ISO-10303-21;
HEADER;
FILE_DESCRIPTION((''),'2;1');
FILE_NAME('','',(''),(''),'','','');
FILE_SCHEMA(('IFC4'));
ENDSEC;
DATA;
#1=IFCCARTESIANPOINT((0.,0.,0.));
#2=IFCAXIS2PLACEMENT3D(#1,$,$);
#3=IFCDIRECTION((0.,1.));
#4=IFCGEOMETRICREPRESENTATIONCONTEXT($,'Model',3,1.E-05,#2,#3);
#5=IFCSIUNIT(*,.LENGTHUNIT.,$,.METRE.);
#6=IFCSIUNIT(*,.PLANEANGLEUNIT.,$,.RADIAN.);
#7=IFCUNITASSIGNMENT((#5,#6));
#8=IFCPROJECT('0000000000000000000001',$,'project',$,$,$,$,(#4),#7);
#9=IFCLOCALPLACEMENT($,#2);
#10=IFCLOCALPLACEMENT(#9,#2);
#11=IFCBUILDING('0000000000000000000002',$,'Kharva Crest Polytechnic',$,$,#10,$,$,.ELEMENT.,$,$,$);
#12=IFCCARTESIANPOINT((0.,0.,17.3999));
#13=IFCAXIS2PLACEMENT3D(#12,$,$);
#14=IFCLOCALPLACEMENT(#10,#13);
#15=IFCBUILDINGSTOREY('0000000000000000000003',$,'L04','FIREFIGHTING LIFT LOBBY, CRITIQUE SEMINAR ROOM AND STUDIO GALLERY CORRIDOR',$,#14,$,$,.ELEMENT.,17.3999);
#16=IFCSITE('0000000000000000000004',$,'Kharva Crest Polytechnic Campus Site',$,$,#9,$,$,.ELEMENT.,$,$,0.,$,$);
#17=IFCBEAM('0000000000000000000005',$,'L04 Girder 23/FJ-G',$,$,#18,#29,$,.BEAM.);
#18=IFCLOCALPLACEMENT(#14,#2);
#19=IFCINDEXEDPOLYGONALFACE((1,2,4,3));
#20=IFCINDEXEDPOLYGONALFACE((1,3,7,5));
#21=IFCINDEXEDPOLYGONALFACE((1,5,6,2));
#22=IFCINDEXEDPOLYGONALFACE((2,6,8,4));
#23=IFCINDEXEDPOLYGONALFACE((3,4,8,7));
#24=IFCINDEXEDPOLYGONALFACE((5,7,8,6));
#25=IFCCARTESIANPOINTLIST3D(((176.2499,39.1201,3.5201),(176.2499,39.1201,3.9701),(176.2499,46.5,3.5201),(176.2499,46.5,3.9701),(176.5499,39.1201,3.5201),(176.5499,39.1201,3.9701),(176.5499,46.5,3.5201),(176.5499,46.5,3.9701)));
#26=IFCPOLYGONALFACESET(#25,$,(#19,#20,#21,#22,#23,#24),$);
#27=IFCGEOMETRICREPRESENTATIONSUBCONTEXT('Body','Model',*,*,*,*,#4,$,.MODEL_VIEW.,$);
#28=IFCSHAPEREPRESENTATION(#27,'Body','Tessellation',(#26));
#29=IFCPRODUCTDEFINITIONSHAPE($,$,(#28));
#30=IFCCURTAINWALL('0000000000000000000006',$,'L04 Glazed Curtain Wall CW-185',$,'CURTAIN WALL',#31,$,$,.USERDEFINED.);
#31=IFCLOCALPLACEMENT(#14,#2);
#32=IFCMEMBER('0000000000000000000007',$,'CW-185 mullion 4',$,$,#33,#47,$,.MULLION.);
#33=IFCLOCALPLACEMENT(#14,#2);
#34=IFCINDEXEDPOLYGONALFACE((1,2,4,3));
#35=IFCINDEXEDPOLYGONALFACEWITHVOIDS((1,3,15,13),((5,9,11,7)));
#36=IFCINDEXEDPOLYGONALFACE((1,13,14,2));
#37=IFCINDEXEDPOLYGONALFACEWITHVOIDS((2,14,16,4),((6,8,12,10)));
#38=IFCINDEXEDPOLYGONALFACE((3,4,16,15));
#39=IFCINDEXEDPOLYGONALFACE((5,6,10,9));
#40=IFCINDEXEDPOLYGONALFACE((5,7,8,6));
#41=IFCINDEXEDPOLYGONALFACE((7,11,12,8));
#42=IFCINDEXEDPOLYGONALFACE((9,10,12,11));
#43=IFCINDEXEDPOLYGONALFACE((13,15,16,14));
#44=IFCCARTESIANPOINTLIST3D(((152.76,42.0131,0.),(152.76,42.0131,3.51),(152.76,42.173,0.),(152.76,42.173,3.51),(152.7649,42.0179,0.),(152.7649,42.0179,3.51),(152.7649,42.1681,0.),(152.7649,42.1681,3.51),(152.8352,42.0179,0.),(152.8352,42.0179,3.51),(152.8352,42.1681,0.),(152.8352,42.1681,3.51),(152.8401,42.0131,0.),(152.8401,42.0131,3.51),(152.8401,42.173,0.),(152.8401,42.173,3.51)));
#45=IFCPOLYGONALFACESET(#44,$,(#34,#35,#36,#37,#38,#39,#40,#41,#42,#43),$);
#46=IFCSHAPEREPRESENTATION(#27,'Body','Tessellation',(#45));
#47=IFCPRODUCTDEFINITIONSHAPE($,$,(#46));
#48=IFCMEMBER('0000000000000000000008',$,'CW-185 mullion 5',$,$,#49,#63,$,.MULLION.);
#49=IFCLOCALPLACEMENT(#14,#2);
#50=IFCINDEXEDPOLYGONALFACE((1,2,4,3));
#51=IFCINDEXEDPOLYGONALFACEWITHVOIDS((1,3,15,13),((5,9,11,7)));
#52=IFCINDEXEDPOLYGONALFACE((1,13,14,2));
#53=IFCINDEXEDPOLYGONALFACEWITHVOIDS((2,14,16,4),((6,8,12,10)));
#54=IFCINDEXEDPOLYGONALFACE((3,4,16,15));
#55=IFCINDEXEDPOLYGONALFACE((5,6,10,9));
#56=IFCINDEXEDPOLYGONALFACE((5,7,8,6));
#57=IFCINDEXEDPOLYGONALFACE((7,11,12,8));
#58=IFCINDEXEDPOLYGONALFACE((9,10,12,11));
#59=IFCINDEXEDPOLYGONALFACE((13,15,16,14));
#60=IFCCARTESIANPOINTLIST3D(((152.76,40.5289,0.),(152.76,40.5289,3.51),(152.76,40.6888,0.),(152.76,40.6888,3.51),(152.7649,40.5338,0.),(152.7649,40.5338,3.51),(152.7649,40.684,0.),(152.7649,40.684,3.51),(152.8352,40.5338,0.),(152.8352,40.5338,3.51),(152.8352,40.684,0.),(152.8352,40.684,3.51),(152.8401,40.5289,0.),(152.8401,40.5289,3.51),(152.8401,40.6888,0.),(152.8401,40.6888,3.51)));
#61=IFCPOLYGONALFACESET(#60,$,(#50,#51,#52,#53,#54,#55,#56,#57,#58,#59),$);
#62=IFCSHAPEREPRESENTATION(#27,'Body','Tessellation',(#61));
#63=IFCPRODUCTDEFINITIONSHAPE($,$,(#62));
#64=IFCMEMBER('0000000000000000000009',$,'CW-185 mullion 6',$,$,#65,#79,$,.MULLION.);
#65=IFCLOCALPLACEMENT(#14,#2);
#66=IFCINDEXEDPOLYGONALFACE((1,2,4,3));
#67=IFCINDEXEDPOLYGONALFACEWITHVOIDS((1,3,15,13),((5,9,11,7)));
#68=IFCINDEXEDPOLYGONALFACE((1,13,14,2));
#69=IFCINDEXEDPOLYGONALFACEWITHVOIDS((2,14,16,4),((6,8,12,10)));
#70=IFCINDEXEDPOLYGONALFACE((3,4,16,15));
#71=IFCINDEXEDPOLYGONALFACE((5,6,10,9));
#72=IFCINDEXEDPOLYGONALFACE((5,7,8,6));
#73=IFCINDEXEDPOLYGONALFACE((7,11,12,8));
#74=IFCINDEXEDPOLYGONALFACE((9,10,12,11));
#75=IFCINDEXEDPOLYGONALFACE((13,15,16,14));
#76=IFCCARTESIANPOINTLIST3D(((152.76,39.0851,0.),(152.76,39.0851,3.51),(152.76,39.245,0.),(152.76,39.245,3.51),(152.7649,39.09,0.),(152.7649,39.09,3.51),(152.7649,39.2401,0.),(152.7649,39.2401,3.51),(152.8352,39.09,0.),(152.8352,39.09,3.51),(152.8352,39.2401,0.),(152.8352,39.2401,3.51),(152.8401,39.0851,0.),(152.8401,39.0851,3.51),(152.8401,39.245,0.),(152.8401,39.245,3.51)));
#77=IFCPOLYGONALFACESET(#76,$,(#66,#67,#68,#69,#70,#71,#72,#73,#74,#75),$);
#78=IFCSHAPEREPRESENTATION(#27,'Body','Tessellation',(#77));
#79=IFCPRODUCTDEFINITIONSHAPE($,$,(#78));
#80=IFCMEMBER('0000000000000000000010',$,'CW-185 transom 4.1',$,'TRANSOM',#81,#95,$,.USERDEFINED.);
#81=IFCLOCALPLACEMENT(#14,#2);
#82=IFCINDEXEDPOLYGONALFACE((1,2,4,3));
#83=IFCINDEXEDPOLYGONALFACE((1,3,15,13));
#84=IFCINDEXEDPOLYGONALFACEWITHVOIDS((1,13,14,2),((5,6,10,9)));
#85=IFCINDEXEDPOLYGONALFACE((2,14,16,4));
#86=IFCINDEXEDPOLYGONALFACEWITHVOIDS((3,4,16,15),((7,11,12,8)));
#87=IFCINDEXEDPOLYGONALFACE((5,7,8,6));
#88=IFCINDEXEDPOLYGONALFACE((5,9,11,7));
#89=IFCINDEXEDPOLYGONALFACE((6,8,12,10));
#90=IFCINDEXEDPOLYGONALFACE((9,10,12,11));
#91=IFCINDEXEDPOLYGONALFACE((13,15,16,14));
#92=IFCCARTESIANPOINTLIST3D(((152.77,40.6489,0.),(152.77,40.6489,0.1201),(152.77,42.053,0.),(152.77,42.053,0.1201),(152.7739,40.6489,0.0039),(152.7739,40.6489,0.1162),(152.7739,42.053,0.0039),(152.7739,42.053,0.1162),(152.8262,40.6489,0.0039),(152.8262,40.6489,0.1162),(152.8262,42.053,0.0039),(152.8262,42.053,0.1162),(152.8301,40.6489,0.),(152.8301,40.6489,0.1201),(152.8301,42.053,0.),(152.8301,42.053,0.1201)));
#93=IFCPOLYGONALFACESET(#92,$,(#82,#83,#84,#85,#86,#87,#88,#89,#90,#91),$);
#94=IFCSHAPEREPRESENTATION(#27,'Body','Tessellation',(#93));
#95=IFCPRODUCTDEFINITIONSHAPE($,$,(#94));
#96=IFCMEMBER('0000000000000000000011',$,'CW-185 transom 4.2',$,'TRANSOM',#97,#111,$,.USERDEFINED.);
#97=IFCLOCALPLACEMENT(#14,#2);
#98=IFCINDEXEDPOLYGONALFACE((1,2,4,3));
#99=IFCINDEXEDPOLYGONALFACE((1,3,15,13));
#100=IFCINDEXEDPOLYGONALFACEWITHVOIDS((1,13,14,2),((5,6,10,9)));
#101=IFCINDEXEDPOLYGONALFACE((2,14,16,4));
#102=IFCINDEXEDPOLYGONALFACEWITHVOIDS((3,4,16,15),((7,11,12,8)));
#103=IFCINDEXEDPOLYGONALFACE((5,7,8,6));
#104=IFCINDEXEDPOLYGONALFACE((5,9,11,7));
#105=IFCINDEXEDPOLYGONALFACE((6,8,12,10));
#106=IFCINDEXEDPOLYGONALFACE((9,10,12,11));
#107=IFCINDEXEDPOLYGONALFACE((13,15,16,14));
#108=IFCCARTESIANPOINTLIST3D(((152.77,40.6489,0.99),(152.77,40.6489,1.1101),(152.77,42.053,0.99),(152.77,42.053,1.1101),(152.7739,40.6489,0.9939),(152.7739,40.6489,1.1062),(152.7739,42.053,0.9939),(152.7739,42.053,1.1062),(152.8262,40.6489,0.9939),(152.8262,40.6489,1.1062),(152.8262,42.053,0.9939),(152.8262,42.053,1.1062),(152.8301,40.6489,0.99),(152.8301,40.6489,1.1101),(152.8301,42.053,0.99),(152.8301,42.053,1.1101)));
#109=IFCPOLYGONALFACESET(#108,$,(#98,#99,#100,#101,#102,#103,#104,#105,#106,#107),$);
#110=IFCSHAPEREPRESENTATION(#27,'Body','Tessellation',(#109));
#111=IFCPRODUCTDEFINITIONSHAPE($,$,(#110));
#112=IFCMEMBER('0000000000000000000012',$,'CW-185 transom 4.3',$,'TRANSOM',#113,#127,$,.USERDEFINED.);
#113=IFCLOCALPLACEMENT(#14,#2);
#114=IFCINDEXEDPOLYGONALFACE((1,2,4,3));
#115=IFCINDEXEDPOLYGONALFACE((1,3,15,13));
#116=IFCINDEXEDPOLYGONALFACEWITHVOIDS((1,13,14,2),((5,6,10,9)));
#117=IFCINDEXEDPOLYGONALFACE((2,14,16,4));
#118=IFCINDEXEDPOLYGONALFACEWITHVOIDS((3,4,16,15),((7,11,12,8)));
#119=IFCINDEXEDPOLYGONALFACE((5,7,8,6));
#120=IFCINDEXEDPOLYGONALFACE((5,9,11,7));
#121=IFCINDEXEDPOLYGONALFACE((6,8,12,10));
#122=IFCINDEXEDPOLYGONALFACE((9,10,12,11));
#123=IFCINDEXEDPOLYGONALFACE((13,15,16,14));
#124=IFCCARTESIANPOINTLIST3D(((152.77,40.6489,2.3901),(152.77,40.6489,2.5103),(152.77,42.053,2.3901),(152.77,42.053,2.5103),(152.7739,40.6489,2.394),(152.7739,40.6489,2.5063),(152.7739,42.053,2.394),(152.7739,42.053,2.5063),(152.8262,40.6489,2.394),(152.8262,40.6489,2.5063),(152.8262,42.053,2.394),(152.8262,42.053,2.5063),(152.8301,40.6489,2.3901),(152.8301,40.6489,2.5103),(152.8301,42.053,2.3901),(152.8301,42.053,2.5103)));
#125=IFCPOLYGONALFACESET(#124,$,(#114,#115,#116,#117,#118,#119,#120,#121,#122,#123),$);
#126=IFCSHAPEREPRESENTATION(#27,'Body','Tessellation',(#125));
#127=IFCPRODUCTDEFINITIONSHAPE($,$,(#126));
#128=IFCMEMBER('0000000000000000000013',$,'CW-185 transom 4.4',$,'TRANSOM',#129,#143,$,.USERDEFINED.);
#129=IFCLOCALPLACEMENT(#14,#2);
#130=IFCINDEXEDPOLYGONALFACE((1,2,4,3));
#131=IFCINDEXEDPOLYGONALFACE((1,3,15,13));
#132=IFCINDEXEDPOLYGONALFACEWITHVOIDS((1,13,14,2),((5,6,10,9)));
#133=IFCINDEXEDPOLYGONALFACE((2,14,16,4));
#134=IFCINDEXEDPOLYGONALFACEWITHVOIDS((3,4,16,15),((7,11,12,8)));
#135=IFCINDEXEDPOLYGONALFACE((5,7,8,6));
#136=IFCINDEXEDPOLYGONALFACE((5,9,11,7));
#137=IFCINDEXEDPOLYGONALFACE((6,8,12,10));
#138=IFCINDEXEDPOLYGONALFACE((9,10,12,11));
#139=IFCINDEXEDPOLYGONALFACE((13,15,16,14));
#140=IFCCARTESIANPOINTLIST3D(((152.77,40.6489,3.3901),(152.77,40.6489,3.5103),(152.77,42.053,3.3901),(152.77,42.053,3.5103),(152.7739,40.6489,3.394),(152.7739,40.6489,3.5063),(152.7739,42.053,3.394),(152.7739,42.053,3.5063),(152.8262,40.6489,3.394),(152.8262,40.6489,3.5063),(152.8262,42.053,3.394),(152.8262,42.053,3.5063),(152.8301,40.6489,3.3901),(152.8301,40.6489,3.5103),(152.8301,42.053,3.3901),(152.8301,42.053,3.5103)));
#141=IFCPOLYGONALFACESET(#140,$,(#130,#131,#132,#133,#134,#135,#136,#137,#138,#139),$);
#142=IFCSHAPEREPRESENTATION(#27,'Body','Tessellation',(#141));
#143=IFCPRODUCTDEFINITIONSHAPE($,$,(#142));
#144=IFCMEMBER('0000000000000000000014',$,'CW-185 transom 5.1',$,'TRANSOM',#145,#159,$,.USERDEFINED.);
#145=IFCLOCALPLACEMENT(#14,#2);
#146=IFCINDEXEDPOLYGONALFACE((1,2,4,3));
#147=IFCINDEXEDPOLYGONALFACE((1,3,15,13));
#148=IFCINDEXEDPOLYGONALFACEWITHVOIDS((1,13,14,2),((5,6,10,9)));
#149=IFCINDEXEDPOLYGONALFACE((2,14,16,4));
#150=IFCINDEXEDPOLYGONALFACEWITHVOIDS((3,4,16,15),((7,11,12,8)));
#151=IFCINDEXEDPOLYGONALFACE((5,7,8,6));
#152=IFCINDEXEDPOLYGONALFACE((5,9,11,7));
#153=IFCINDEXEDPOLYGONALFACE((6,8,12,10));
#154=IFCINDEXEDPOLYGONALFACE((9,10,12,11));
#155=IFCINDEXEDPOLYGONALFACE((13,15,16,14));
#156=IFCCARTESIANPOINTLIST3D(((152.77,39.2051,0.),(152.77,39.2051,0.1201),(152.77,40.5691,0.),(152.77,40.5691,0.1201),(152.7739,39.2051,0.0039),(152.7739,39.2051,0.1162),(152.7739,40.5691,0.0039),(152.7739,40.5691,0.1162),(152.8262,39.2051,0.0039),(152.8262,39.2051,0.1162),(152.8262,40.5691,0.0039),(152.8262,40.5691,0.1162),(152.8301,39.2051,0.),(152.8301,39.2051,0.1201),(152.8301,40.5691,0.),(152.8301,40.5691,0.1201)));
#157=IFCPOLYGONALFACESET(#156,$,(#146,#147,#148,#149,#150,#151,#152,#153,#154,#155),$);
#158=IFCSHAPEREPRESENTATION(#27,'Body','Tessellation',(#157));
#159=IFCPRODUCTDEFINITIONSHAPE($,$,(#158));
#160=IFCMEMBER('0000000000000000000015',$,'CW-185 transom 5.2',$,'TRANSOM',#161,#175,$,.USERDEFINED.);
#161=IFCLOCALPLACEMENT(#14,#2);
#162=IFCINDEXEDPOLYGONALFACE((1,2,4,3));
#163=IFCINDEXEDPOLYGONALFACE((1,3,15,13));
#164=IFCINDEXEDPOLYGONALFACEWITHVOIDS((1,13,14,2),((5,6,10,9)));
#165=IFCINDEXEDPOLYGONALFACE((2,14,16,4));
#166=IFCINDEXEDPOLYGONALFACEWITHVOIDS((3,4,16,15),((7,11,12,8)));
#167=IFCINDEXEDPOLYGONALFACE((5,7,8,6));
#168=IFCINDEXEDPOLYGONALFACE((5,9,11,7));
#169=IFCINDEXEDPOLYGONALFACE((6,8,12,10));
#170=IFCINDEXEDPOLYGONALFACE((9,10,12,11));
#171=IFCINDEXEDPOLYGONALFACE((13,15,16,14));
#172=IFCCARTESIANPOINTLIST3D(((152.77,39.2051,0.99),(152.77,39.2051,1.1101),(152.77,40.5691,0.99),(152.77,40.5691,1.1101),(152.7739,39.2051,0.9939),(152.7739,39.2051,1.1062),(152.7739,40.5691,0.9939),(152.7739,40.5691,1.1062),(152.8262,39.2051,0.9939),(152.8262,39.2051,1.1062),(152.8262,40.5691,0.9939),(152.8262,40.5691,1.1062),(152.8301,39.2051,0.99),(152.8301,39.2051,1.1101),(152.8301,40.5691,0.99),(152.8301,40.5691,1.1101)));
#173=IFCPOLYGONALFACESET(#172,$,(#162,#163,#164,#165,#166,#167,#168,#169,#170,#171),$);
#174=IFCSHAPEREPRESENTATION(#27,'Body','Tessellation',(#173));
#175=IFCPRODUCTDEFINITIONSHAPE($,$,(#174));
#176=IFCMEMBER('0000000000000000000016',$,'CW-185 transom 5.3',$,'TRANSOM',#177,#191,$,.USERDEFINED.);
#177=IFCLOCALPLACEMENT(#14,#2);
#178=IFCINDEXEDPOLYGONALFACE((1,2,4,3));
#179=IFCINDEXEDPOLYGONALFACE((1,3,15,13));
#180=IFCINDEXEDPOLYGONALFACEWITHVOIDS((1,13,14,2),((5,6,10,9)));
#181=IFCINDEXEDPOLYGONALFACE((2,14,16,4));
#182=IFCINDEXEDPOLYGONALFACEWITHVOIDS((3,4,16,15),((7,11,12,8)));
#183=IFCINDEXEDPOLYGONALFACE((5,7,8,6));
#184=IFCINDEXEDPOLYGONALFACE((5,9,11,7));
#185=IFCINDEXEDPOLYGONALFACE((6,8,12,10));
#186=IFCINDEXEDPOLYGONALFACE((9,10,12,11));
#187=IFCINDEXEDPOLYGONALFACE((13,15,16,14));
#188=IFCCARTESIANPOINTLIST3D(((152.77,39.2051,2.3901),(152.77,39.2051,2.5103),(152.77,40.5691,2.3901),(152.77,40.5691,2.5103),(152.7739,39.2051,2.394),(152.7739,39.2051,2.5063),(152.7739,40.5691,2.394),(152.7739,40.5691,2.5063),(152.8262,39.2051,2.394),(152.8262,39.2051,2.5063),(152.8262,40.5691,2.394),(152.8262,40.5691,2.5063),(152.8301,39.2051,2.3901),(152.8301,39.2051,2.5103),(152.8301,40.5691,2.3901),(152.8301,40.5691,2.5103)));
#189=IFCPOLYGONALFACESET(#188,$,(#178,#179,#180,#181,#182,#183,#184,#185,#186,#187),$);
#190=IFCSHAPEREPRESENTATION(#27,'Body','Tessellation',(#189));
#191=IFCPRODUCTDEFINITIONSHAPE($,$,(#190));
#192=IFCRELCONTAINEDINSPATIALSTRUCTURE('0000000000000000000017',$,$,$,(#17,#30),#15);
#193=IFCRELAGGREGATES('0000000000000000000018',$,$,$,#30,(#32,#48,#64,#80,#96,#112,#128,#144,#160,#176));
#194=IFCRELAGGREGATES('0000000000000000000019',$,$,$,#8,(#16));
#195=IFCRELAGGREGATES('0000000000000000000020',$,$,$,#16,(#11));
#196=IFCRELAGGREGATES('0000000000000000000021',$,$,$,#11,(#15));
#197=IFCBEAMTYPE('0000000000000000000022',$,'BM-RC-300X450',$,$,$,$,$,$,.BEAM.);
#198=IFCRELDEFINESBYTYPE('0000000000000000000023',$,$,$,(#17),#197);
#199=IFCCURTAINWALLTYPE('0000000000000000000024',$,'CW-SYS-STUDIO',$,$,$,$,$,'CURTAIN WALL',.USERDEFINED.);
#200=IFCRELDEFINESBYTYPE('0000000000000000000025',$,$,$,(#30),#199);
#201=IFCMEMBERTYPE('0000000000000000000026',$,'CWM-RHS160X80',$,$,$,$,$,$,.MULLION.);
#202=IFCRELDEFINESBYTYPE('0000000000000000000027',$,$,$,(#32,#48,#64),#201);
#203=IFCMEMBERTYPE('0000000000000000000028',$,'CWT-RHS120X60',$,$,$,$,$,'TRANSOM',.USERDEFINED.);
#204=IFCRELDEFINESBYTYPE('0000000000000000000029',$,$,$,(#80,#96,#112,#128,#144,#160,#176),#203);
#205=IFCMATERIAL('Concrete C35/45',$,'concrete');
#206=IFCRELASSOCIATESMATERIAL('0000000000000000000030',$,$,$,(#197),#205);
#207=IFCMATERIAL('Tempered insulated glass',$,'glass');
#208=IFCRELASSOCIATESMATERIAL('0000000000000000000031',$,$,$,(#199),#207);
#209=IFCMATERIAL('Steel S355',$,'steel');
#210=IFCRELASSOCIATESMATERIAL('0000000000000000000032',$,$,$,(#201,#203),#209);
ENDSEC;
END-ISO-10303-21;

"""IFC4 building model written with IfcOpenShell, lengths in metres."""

from ifc_helpers import new_model, si_unit, direction, frame, origin, origin_2d, place, context, subcontext, project, spatial, rectangle, hollow_rectangle, extrude, material, material_profile, profile_set, type_object, element, aggregate, save


model = new_model("IFC4")

# Units and contexts
model_context = context("Model", 3, precision=1e-05, world=origin(), true_north=direction((0.0, 1.0)))
body_context = subcontext(model_context, "Body", "Model", "MODEL_VIEW")
ifc_project = project(units=[si_unit("LENGTHUNIT", "METRE"), si_unit("PLANEANGLEUNIT", "RADIAN")], contexts=[model_context])

# Site, building, storey
site_placement = place(None, origin())
site = spatial("IfcSite", under=ifc_project, at=site_placement, Name="Kharva Crest Polytechnic Campus Site", CompositionType="ELEMENT", RefElevation=0.0)
building_placement = place(site_placement, origin())
building = spatial("IfcBuilding", under=site, at=building_placement, Name="Kharva Crest Polytechnic", CompositionType="ELEMENT")
storey_placement = place(building_placement, frame((0.0, 0.0, 17.3999)))
storey = spatial("IfcBuildingStorey", under=building, at=storey_placement, Name="L04", Description="FIREFIGHTING LIFT LOBBY, CRITIQUE SEMINAR ROOM AND STUDIO GALLERY CORRIDOR", CompositionType="ELEMENT", Elevation=17.3999)

# Beam
ifc_material_1 = material(Name="Concrete C35/45", Category="concrete")
ifc_material_profile_1 = material_profile(ifc_material_1, rectangle(XDim=0.3, YDim=0.45, at=origin_2d()), Name="RECT 300 X 450")
ifc_profile_set_1 = profile_set([ifc_material_profile_1], Name="Concrete C35/45")
beam_type_1 = type_object("IfcBeamType", Name="BM-RC-300X450", PredefinedType="BEAM", material=ifc_profile_set_1)
beam_1_placement = place(storey_placement, frame((176.3999, 39.1201, 3.7451), z_axis=(0.0, 1.0, 0.0), x_axis=(-1.0, 0.0, 0.0)))
element("IfcBeam", 1, at=beam_1_placement, inside=storey, type_object=beam_type_1, Name="L04 Girder 23/FJ-G", PredefinedType="BEAM", context=body_context, shape_type="SweptSolid", body=[
    extrude(rectangle(XDim=0.3, YDim=0.45, at=origin_2d()), origin(), (0.0, 0.0, 1.0), 7.3799),
])

# Curtain wall, members
ifc_material_2 = material(Name="Tempered insulated glass", Category="glass")
curtain_wall_type = type_object("IfcCurtainWallType", Name="CW-SYS-STUDIO", ElementType="CURTAIN WALL", PredefinedType="USERDEFINED", material=ifc_material_2)
curtain_wall_placement = place(storey_placement, origin())
curtain_wall = element("IfcCurtainWall", 2, at=curtain_wall_placement, inside=storey, type_object=curtain_wall_type, Name="L04 Glazed Curtain Wall CW-185", ObjectType="CURTAIN WALL", PredefinedType="USERDEFINED")
ifc_material_3 = material(Name="Steel S355", Category="steel")
ifc_material_profile_2 = material_profile(ifc_material_3, hollow_rectangle(XDim=0.0801, YDim=0.1599, WallThickness=0.0049, at=origin_2d()), Name="RHS 160X80X5.0")
ifc_profile_set_2 = profile_set([ifc_material_profile_2], Name="Steel S355")
member_type_1 = type_object("IfcMemberType", Name="CWM-RHS160X80", PredefinedType="MULLION", material=ifc_profile_set_2)
member_1_placement = place(storey_placement, frame((152.8, 42.093, 0.0), z_axis=(0.0, 0.0, 1.0), x_axis=(1.0, 0.0, 0.0)))
member_1 = element("IfcMember", 3, at=member_1_placement, type_object=member_type_1, Name="CW-185 mullion 4", PredefinedType="MULLION", context=body_context, shape_type="SweptSolid", body=[
    extrude(hollow_rectangle(XDim=0.0801, YDim=0.1599, WallThickness=0.0049, at=origin_2d()), origin(), (0.0, 0.0, 1.0), 3.51),
])
member_2_placement = place(storey_placement, frame((152.8, 40.6089, 0.0), z_axis=(0.0, 0.0, 1.0), x_axis=(1.0, 0.0, 0.0)))
member_2 = element("IfcMember", 4, at=member_2_placement, type_object=member_type_1, Name="CW-185 mullion 5", PredefinedType="MULLION", context=body_context, shape_type="SweptSolid", body=[
    extrude(hollow_rectangle(XDim=0.0801, YDim=0.1599, WallThickness=0.0049, at=origin_2d()), origin(), (0.0, 0.0, 1.0), 3.51),
])
member_3_placement = place(storey_placement, frame((152.8, 39.165, 0.0), z_axis=(0.0, 0.0, 1.0), x_axis=(1.0, 0.0, 0.0)))
member_3 = element("IfcMember", 5, at=member_3_placement, type_object=member_type_1, Name="CW-185 mullion 6", PredefinedType="MULLION", context=body_context, shape_type="SweptSolid", body=[
    extrude(hollow_rectangle(XDim=0.0801, YDim=0.1599, WallThickness=0.0049, at=origin_2d()), origin(), (0.0, 0.0, 1.0), 3.51),
])
ifc_material_profile_3 = material_profile(ifc_material_3, hollow_rectangle(XDim=0.0601, YDim=0.1201, WallThickness=0.0039, at=origin_2d()), Name="RHS 120X60X4.0")
ifc_profile_set_3 = profile_set([ifc_material_profile_3], Name="Steel S355")
member_type_2 = type_object("IfcMemberType", Name="CWT-RHS120X60", ElementType="TRANSOM", PredefinedType="USERDEFINED", material=ifc_profile_set_3)
member_4_placement = place(storey_placement, frame((152.8, 42.053, 0.0601), z_axis=(0.0, -1.0, 0.0), x_axis=(1.0, 0.0, 0.0)))
member_4 = element("IfcMember", 6, at=member_4_placement, type_object=member_type_2, Name="CW-185 transom 4.1", ObjectType="TRANSOM", PredefinedType="USERDEFINED", context=body_context, shape_type="SweptSolid", body=[
    extrude(hollow_rectangle(XDim=0.0601, YDim=0.1201, WallThickness=0.0039, at=origin_2d()), origin(), (0.0, 0.0, 1.0), 1.4041),
])
member_5_placement = place(storey_placement, frame((152.8, 42.053, 1.05), z_axis=(0.0, -1.0, 0.0), x_axis=(1.0, 0.0, 0.0)))
member_5 = element("IfcMember", 7, at=member_5_placement, type_object=member_type_2, Name="CW-185 transom 4.2", ObjectType="TRANSOM", PredefinedType="USERDEFINED", context=body_context, shape_type="SweptSolid", body=[
    extrude(hollow_rectangle(XDim=0.0601, YDim=0.1201, WallThickness=0.0039, at=origin_2d()), origin(), (0.0, 0.0, 1.0), 1.4041),
])
member_6_placement = place(storey_placement, frame((152.8, 42.053, 2.4502), z_axis=(0.0, -1.0, 0.0), x_axis=(1.0, 0.0, 0.0)))
member_6 = element("IfcMember", 8, at=member_6_placement, type_object=member_type_2, Name="CW-185 transom 4.3", ObjectType="TRANSOM", PredefinedType="USERDEFINED", context=body_context, shape_type="SweptSolid", body=[
    extrude(hollow_rectangle(XDim=0.0601, YDim=0.1201, WallThickness=0.0039, at=origin_2d()), origin(), (0.0, 0.0, 1.0), 1.4041),
])
member_7_placement = place(storey_placement, frame((152.8, 42.053, 3.4502), z_axis=(0.0, -1.0, 0.0), x_axis=(1.0, 0.0, 0.0)))
member_7 = element("IfcMember", 9, at=member_7_placement, type_object=member_type_2, Name="CW-185 transom 4.4", ObjectType="TRANSOM", PredefinedType="USERDEFINED", context=body_context, shape_type="SweptSolid", body=[
    extrude(hollow_rectangle(XDim=0.0601, YDim=0.1201, WallThickness=0.0039, at=origin_2d()), origin(), (0.0, 0.0, 1.0), 1.4041),
])
member_8_placement = place(storey_placement, frame((152.8, 40.5691, 0.0601), z_axis=(0.0, -1.0, 0.0), x_axis=(1.0, 0.0, 0.0)))
member_8 = element("IfcMember", 10, at=member_8_placement, type_object=member_type_2, Name="CW-185 transom 5.1", ObjectType="TRANSOM", PredefinedType="USERDEFINED", context=body_context, shape_type="SweptSolid", body=[
    extrude(hollow_rectangle(XDim=0.0601, YDim=0.1201, WallThickness=0.0039, at=origin_2d()), origin(), (0.0, 0.0, 1.0), 1.364),
])
member_9_placement = place(storey_placement, frame((152.8, 40.5691, 1.05), z_axis=(0.0, -1.0, 0.0), x_axis=(1.0, 0.0, 0.0)))
member_9 = element("IfcMember", 11, at=member_9_placement, type_object=member_type_2, Name="CW-185 transom 5.2", ObjectType="TRANSOM", PredefinedType="USERDEFINED", context=body_context, shape_type="SweptSolid", body=[
    extrude(hollow_rectangle(XDim=0.0601, YDim=0.1201, WallThickness=0.0039, at=origin_2d()), origin(), (0.0, 0.0, 1.0), 1.364),
])
member_10_placement = place(storey_placement, frame((152.8, 40.5691, 2.4502), z_axis=(0.0, -1.0, 0.0), x_axis=(1.0, 0.0, 0.0)))
member_10 = element("IfcMember", 12, at=member_10_placement, type_object=member_type_2, Name="CW-185 transom 5.3", ObjectType="TRANSOM", PredefinedType="USERDEFINED", context=body_context, shape_type="SweptSolid", body=[
    extrude(hollow_rectangle(XDim=0.0601, YDim=0.1201, WallThickness=0.0039, at=origin_2d()), origin(), (0.0, 0.0, 1.0), 1.364),
])

aggregate(curtain_wall, [member_1, member_2, member_3, member_4, member_5, member_6, member_7, member_8, member_9, member_10])

save(model, "model.ifc")
